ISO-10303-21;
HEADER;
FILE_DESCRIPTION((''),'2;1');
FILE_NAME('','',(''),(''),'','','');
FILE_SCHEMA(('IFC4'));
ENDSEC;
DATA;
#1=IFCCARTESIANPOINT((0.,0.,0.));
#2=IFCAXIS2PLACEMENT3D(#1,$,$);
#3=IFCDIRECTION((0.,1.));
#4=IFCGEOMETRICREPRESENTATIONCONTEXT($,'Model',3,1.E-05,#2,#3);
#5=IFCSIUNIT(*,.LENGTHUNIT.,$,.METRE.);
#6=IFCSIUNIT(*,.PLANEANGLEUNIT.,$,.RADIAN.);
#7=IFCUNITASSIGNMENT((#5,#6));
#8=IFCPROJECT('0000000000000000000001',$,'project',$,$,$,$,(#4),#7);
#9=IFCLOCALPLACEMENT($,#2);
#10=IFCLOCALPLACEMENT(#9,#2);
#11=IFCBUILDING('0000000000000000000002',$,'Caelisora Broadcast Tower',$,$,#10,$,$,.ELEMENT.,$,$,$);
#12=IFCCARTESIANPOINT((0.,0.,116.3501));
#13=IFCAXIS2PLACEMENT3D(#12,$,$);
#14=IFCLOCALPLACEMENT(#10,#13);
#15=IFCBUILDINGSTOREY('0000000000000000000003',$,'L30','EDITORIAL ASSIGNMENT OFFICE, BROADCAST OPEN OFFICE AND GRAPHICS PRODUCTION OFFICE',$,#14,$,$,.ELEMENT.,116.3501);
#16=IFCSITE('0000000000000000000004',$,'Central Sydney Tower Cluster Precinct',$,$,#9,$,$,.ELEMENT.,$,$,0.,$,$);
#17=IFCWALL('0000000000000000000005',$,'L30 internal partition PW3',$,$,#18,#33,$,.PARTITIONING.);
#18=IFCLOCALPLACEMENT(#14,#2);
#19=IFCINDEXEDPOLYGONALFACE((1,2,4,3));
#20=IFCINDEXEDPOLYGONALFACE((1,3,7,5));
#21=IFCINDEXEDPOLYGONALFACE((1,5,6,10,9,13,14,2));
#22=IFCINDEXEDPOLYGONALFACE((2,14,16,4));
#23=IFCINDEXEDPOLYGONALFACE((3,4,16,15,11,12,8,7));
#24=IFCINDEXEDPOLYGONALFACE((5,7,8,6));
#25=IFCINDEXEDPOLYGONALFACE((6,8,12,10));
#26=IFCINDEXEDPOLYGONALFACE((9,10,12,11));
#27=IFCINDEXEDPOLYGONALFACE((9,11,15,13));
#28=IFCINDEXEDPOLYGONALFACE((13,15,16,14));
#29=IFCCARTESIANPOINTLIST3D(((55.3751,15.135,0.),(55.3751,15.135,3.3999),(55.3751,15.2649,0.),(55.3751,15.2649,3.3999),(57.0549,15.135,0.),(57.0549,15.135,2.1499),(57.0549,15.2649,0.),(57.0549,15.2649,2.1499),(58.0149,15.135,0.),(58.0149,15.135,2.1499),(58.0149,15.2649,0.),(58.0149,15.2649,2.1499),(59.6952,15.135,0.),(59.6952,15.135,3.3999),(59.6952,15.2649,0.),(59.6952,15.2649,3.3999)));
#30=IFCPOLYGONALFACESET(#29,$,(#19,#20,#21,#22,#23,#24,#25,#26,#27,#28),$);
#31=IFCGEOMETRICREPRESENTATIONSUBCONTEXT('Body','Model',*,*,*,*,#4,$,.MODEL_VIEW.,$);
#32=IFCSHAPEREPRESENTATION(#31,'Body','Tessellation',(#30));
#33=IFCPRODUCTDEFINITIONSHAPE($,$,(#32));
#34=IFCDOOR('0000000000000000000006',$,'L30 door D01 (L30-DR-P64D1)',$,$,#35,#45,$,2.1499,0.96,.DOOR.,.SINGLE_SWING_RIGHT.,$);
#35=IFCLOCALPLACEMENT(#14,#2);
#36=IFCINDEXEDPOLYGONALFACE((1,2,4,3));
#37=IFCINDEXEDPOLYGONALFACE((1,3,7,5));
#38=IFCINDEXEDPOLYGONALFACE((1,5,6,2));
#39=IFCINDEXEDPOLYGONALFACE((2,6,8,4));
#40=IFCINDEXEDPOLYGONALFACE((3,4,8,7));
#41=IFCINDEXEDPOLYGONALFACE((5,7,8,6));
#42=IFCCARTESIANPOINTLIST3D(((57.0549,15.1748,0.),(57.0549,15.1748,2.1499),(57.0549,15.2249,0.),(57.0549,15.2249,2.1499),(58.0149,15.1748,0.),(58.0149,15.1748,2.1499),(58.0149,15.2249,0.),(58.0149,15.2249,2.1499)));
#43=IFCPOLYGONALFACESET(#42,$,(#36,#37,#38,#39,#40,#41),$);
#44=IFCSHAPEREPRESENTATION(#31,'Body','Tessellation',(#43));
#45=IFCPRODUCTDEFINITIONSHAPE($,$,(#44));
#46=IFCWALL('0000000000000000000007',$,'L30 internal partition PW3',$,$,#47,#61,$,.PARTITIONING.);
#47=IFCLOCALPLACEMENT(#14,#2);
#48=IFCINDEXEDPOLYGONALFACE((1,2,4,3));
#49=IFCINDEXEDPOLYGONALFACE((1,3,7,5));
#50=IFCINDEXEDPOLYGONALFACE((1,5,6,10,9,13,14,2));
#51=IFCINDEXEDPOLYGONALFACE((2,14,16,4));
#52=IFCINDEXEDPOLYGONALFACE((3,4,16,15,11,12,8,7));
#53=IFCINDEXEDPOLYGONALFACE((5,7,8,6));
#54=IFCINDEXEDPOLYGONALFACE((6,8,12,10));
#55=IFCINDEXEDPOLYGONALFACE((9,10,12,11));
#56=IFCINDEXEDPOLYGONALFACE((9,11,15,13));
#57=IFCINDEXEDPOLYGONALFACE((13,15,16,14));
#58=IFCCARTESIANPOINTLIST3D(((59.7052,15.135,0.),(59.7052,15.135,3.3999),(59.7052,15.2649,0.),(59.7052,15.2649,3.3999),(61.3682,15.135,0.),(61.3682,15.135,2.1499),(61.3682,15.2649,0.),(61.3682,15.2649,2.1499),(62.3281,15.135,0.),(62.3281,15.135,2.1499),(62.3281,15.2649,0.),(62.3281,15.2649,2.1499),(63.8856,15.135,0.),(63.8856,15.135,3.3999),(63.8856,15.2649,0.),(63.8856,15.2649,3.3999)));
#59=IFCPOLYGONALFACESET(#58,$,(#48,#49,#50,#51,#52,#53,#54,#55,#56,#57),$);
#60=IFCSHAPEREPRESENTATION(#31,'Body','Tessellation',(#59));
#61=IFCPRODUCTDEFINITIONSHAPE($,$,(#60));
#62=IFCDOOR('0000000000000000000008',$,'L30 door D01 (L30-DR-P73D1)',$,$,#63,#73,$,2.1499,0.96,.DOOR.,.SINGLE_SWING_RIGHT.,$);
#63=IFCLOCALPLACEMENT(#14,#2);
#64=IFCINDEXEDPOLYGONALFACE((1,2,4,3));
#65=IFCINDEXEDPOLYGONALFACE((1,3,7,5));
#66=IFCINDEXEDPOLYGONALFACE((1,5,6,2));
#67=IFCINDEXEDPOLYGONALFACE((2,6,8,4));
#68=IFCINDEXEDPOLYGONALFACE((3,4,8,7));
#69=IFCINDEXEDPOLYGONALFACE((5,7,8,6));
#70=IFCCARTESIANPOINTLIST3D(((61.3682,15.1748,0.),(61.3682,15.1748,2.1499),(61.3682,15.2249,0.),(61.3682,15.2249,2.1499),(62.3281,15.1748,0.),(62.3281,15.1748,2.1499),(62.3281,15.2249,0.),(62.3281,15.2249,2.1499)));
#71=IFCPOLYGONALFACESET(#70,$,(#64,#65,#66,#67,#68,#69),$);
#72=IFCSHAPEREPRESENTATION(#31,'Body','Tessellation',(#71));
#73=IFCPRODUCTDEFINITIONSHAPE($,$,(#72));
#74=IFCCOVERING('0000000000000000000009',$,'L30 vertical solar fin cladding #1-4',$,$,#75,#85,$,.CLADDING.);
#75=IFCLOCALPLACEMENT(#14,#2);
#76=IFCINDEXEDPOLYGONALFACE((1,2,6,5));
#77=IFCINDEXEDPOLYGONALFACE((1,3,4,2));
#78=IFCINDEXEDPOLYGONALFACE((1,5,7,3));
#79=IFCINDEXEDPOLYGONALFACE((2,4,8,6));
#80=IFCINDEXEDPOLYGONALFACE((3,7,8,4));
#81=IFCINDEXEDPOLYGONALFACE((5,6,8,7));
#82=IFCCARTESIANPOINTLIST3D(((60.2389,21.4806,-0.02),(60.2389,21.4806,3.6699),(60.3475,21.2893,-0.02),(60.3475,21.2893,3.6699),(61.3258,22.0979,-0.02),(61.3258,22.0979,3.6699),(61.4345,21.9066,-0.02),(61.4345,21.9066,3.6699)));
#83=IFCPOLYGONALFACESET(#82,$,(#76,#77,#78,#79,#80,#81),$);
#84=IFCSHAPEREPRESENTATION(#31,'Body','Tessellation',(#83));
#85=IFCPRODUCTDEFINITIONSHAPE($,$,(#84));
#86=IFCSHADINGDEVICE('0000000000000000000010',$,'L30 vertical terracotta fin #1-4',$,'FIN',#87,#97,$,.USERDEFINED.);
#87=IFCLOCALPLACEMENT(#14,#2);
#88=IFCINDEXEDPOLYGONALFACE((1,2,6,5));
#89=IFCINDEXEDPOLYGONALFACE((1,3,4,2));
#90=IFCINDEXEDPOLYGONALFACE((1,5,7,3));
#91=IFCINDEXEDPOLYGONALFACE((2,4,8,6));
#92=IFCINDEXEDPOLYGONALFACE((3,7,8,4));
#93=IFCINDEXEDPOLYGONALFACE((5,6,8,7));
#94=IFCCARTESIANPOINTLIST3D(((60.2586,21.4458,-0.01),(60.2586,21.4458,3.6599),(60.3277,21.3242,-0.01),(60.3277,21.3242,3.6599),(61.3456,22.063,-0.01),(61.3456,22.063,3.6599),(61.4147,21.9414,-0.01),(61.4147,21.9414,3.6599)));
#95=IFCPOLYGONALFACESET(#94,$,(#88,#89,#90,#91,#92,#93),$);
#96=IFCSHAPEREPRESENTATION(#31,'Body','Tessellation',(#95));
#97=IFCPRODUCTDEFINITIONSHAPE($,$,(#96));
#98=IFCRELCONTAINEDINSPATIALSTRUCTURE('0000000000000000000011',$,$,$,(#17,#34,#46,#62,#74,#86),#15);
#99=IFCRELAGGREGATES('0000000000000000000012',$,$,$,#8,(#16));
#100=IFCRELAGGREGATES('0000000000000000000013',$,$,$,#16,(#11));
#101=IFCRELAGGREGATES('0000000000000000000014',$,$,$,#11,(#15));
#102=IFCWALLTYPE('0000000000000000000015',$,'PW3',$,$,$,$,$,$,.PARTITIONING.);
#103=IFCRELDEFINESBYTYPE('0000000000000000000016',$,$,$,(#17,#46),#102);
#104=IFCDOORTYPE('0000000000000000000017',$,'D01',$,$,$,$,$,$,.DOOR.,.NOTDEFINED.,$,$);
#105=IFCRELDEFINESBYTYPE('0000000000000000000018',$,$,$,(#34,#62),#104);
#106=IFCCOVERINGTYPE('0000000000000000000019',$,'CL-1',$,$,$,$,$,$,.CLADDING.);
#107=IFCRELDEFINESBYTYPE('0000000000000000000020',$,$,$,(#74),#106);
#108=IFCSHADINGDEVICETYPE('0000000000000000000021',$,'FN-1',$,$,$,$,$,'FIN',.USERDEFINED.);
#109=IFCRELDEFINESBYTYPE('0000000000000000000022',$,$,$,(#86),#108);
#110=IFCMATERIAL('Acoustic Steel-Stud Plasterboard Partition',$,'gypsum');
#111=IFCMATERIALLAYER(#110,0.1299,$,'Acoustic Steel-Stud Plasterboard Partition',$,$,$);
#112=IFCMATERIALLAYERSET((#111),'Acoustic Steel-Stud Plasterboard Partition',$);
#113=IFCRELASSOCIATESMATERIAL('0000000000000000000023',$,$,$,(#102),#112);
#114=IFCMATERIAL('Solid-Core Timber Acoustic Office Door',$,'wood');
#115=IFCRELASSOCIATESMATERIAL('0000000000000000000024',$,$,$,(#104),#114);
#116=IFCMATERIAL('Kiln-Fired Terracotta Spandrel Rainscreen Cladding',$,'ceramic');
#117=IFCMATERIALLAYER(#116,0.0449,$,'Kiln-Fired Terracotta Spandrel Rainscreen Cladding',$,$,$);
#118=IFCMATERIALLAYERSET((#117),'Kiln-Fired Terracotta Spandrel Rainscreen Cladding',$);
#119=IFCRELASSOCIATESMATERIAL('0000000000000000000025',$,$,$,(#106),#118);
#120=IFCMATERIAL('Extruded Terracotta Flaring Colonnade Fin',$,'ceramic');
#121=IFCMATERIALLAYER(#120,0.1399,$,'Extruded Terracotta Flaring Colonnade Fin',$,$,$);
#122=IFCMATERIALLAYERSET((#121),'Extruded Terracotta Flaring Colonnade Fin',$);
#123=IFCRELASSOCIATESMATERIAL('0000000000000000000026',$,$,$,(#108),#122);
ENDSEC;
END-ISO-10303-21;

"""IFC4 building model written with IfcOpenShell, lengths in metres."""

from ifc_helpers import new_model, si_unit, direction, frame, frame_2d, origin, origin_2d, place, context, subcontext, project, spatial, rectangle, extrude, source, transform, mapped, material, layer, layer_set, type_object, type_shapes, element, fill, save


model = new_model("IFC4")

# Units and contexts
model_context = context("Model", 3, precision=1e-05, world=origin(), true_north=direction((0.0, 1.0)))
body_context = subcontext(model_context, "Body", "Model", "MODEL_VIEW")
ifc_project = project(units=[si_unit("LENGTHUNIT", "METRE"), si_unit("PLANEANGLEUNIT", "RADIAN")], contexts=[model_context])

# Site, building, storey
site_placement = place(None, origin())
site = spatial("IfcSite", under=ifc_project, at=site_placement, Name="Central Sydney Tower Cluster Precinct", CompositionType="ELEMENT", RefElevation=0.0)
building_placement = place(site_placement, origin())
building = spatial("IfcBuilding", under=site, at=building_placement, Name="Caelisora Broadcast Tower", CompositionType="ELEMENT")
storey_placement = place(building_placement, frame((0.0, 0.0, 116.3501)))
storey = spatial("IfcBuildingStorey", under=building, at=storey_placement, Name="L30", Description="EDITORIAL ASSIGNMENT OFFICE, BROADCAST OPEN OFFICE AND GRAPHICS PRODUCTION OFFICE", CompositionType="ELEMENT", Elevation=116.3501)

# Walls, openings, doors
ifc_material_1 = material(Name="Acoustic Steel-Stud Plasterboard Partition", Category="gypsum")
ifc_layer_1 = layer(ifc_material_1, 0.1299, Name="Acoustic Steel-Stud Plasterboard Partition")
ifc_layer_set_1 = layer_set([ifc_layer_1], Name="Acoustic Steel-Stud Plasterboard Partition")
wall_type = type_object("IfcWallType", Name="PW3", PredefinedType="PARTITIONING", material=ifc_layer_set_1)
ifc_material_2 = material(Name="Solid-Core Timber Acoustic Office Door", Category="wood")
door_type = type_object("IfcDoorType", Name="D01", OperationType="NOTDEFINED", PredefinedType="DOOR", material=ifc_material_2)
wall_1_placement = place(storey_placement, frame((55.375, 15.2, 0.0), z_axis=(0.0, 0.0, 1.0), x_axis=(1.0, 0.0, 0.0)))
wall_1 = element("IfcWall", 1, at=wall_1_placement, inside=storey, type_object=wall_type, Name="L30 internal partition PW3", PredefinedType="PARTITIONING", context=body_context, shape_type="SweptSolid", body=[
    extrude(rectangle(XDim=4.3201, YDim=0.1299, at=frame_2d((2.1602, 0.0))), origin(), (0.0, 0.0, 1.0), 3.3999),
])
opening_1_placement = place(wall_1_placement, frame((1.6799, 0.0, 0.0)))
opening_1 = element("IfcOpeningElement", 2, at=opening_1_placement, cuts=wall_1, PredefinedType="OPENING", context=body_context, shape_type="SweptSolid", body=[
    extrude(rectangle(XDim=0.96, YDim=2.1499, at=frame_2d((0.48, 1.075))), frame((0.0, 0.0769, 0.0), z_axis=(0.0, -1.0, 0.0), x_axis=(1.0, 0.0, 0.0)), (0.0, 0.0, 1.0), 0.1538),
])
door_1_placement = place(opening_1_placement, origin())
door_1 = element("IfcDoor", 3, at=door_1_placement, inside=storey, type_object=door_type, Name="L30 door D01 (L30-DR-P64D1)", OperationType="SINGLE_SWING_RIGHT", OverallHeight=2.1499, OverallWidth=0.96, PredefinedType="DOOR", context=body_context, shape_type="SweptSolid", body=[
    extrude(rectangle(XDim=0.96, YDim=2.1499, at=frame_2d((0.48, 1.075))), frame((0.0, 0.0249, 0.0), z_axis=(0.0, -1.0, 0.0), x_axis=(1.0, 0.0, 0.0)), (0.0, 0.0, 1.0), 0.05),
])
fill(opening_1, door_1)
wall_2_placement = place(storey_placement, frame((59.7051, 15.2, 0.0), z_axis=(0.0, 0.0, 1.0), x_axis=(1.0, 0.0, 0.0)))
wall_2 = element("IfcWall", 4, at=wall_2_placement, inside=storey, type_object=wall_type, Name="L30 internal partition PW3", PredefinedType="PARTITIONING", context=body_context, shape_type="SweptSolid", body=[
    extrude(rectangle(XDim=4.1804, YDim=0.1299, at=frame_2d((2.0903, 0.0))), origin(), (0.0, 0.0, 1.0), 3.3999),
])
opening_2_placement = place(wall_2_placement, frame((1.6631, 0.0, 0.0)))
opening_2 = element("IfcOpeningElement", 5, at=opening_2_placement, cuts=wall_2, PredefinedType="OPENING", context=body_context, shape_type="SweptSolid", body=[
    extrude(rectangle(XDim=0.96, YDim=2.1499, at=frame_2d((0.48, 1.075))), frame((0.0, 0.0769, 0.0), z_axis=(0.0, -1.0, 0.0), x_axis=(1.0, 0.0, 0.0)), (0.0, 0.0, 1.0), 0.1538),
])
door_2_placement = place(opening_2_placement, origin())
door_2 = element("IfcDoor", 6, at=door_2_placement, inside=storey, type_object=door_type, Name="L30 door D01 (L30-DR-P73D1)", OperationType="SINGLE_SWING_RIGHT", OverallHeight=2.1499, OverallWidth=0.96, PredefinedType="DOOR", context=body_context, shape_type="SweptSolid", body=[
    extrude(rectangle(XDim=0.96, YDim=2.1499, at=frame_2d((0.48, 1.075))), frame((0.0, 0.0249, 0.0), z_axis=(0.0, -1.0, 0.0), x_axis=(1.0, 0.0, 0.0)), (0.0, 0.0, 1.0), 0.05),
])
fill(opening_2, door_2)

# Covering
ifc_material_3 = material(Name="Kiln-Fired Terracotta Spandrel Rainscreen Cladding", Category="ceramic")
ifc_layer_2 = layer(ifc_material_3, 0.0449, Name="Kiln-Fired Terracotta Spandrel Rainscreen Cladding")
ifc_layer_set_2 = layer_set([ifc_layer_2], Name="Kiln-Fired Terracotta Spandrel Rainscreen Cladding")
covering_type = type_object("IfcCoveringType", Name="CL-1", PredefinedType="CLADDING", material=ifc_layer_set_2)
shared_shape_1 = source(origin(), body_context, "Body", "SweptSolid", [
    extrude(rectangle(XDim=0.22, YDim=1.25, at=origin_2d()), origin(), (0.0, 0.0, 1.0), 3.6899),
])
type_shapes(covering_type, [shared_shape_1])
covering_placement = place(storey_placement, frame((60.8367, 21.6936, -0.02), z_axis=(0.0, 0.0, 1.0), x_axis=(0.49379, -0.869581, 0.0)))
element("IfcCovering", 7, at=covering_placement, inside=storey, type_object=covering_type, Name="L30 vertical solar fin cladding #1-4", PredefinedType="CLADDING", context=body_context, shape_type="MappedRepresentation", body=[
    mapped(shared_shape_1, transform((0.0, 0.0, 0.0), scale=1.0)),
])

# Shading device
ifc_material_4 = material(Name="Extruded Terracotta Flaring Colonnade Fin", Category="ceramic")
ifc_layer_3 = layer(ifc_material_4, 0.1399, Name="Extruded Terracotta Flaring Colonnade Fin")
ifc_layer_set_3 = layer_set([ifc_layer_3], Name="Extruded Terracotta Flaring Colonnade Fin")
shading_device_type = type_object("IfcShadingDeviceType", Name="FN-1", ElementType="FIN", PredefinedType="USERDEFINED", material=ifc_layer_set_3)
shared_shape_2 = source(origin(), body_context, "Body", "SweptSolid", [
    extrude(rectangle(XDim=0.1399, YDim=1.25, at=origin_2d()), origin(), (0.0, 0.0, 1.0), 3.6699),
])
type_shapes(shading_device_type, [shared_shape_2])
shading_device_placement = place(storey_placement, frame((60.8367, 21.6936, -0.01), z_axis=(0.0, 0.0, 1.0), x_axis=(0.49379, -0.869581, 0.0)))
element("IfcShadingDevice", 8, at=shading_device_placement, inside=storey, type_object=shading_device_type, Name="L30 vertical terracotta fin #1-4", ObjectType="FIN", PredefinedType="USERDEFINED", context=body_context, shape_type="MappedRepresentation", body=[
    mapped(shared_shape_2, transform((0.0, 0.0, 0.0), scale=1.0)),
])

save(model, "model.ifc")
